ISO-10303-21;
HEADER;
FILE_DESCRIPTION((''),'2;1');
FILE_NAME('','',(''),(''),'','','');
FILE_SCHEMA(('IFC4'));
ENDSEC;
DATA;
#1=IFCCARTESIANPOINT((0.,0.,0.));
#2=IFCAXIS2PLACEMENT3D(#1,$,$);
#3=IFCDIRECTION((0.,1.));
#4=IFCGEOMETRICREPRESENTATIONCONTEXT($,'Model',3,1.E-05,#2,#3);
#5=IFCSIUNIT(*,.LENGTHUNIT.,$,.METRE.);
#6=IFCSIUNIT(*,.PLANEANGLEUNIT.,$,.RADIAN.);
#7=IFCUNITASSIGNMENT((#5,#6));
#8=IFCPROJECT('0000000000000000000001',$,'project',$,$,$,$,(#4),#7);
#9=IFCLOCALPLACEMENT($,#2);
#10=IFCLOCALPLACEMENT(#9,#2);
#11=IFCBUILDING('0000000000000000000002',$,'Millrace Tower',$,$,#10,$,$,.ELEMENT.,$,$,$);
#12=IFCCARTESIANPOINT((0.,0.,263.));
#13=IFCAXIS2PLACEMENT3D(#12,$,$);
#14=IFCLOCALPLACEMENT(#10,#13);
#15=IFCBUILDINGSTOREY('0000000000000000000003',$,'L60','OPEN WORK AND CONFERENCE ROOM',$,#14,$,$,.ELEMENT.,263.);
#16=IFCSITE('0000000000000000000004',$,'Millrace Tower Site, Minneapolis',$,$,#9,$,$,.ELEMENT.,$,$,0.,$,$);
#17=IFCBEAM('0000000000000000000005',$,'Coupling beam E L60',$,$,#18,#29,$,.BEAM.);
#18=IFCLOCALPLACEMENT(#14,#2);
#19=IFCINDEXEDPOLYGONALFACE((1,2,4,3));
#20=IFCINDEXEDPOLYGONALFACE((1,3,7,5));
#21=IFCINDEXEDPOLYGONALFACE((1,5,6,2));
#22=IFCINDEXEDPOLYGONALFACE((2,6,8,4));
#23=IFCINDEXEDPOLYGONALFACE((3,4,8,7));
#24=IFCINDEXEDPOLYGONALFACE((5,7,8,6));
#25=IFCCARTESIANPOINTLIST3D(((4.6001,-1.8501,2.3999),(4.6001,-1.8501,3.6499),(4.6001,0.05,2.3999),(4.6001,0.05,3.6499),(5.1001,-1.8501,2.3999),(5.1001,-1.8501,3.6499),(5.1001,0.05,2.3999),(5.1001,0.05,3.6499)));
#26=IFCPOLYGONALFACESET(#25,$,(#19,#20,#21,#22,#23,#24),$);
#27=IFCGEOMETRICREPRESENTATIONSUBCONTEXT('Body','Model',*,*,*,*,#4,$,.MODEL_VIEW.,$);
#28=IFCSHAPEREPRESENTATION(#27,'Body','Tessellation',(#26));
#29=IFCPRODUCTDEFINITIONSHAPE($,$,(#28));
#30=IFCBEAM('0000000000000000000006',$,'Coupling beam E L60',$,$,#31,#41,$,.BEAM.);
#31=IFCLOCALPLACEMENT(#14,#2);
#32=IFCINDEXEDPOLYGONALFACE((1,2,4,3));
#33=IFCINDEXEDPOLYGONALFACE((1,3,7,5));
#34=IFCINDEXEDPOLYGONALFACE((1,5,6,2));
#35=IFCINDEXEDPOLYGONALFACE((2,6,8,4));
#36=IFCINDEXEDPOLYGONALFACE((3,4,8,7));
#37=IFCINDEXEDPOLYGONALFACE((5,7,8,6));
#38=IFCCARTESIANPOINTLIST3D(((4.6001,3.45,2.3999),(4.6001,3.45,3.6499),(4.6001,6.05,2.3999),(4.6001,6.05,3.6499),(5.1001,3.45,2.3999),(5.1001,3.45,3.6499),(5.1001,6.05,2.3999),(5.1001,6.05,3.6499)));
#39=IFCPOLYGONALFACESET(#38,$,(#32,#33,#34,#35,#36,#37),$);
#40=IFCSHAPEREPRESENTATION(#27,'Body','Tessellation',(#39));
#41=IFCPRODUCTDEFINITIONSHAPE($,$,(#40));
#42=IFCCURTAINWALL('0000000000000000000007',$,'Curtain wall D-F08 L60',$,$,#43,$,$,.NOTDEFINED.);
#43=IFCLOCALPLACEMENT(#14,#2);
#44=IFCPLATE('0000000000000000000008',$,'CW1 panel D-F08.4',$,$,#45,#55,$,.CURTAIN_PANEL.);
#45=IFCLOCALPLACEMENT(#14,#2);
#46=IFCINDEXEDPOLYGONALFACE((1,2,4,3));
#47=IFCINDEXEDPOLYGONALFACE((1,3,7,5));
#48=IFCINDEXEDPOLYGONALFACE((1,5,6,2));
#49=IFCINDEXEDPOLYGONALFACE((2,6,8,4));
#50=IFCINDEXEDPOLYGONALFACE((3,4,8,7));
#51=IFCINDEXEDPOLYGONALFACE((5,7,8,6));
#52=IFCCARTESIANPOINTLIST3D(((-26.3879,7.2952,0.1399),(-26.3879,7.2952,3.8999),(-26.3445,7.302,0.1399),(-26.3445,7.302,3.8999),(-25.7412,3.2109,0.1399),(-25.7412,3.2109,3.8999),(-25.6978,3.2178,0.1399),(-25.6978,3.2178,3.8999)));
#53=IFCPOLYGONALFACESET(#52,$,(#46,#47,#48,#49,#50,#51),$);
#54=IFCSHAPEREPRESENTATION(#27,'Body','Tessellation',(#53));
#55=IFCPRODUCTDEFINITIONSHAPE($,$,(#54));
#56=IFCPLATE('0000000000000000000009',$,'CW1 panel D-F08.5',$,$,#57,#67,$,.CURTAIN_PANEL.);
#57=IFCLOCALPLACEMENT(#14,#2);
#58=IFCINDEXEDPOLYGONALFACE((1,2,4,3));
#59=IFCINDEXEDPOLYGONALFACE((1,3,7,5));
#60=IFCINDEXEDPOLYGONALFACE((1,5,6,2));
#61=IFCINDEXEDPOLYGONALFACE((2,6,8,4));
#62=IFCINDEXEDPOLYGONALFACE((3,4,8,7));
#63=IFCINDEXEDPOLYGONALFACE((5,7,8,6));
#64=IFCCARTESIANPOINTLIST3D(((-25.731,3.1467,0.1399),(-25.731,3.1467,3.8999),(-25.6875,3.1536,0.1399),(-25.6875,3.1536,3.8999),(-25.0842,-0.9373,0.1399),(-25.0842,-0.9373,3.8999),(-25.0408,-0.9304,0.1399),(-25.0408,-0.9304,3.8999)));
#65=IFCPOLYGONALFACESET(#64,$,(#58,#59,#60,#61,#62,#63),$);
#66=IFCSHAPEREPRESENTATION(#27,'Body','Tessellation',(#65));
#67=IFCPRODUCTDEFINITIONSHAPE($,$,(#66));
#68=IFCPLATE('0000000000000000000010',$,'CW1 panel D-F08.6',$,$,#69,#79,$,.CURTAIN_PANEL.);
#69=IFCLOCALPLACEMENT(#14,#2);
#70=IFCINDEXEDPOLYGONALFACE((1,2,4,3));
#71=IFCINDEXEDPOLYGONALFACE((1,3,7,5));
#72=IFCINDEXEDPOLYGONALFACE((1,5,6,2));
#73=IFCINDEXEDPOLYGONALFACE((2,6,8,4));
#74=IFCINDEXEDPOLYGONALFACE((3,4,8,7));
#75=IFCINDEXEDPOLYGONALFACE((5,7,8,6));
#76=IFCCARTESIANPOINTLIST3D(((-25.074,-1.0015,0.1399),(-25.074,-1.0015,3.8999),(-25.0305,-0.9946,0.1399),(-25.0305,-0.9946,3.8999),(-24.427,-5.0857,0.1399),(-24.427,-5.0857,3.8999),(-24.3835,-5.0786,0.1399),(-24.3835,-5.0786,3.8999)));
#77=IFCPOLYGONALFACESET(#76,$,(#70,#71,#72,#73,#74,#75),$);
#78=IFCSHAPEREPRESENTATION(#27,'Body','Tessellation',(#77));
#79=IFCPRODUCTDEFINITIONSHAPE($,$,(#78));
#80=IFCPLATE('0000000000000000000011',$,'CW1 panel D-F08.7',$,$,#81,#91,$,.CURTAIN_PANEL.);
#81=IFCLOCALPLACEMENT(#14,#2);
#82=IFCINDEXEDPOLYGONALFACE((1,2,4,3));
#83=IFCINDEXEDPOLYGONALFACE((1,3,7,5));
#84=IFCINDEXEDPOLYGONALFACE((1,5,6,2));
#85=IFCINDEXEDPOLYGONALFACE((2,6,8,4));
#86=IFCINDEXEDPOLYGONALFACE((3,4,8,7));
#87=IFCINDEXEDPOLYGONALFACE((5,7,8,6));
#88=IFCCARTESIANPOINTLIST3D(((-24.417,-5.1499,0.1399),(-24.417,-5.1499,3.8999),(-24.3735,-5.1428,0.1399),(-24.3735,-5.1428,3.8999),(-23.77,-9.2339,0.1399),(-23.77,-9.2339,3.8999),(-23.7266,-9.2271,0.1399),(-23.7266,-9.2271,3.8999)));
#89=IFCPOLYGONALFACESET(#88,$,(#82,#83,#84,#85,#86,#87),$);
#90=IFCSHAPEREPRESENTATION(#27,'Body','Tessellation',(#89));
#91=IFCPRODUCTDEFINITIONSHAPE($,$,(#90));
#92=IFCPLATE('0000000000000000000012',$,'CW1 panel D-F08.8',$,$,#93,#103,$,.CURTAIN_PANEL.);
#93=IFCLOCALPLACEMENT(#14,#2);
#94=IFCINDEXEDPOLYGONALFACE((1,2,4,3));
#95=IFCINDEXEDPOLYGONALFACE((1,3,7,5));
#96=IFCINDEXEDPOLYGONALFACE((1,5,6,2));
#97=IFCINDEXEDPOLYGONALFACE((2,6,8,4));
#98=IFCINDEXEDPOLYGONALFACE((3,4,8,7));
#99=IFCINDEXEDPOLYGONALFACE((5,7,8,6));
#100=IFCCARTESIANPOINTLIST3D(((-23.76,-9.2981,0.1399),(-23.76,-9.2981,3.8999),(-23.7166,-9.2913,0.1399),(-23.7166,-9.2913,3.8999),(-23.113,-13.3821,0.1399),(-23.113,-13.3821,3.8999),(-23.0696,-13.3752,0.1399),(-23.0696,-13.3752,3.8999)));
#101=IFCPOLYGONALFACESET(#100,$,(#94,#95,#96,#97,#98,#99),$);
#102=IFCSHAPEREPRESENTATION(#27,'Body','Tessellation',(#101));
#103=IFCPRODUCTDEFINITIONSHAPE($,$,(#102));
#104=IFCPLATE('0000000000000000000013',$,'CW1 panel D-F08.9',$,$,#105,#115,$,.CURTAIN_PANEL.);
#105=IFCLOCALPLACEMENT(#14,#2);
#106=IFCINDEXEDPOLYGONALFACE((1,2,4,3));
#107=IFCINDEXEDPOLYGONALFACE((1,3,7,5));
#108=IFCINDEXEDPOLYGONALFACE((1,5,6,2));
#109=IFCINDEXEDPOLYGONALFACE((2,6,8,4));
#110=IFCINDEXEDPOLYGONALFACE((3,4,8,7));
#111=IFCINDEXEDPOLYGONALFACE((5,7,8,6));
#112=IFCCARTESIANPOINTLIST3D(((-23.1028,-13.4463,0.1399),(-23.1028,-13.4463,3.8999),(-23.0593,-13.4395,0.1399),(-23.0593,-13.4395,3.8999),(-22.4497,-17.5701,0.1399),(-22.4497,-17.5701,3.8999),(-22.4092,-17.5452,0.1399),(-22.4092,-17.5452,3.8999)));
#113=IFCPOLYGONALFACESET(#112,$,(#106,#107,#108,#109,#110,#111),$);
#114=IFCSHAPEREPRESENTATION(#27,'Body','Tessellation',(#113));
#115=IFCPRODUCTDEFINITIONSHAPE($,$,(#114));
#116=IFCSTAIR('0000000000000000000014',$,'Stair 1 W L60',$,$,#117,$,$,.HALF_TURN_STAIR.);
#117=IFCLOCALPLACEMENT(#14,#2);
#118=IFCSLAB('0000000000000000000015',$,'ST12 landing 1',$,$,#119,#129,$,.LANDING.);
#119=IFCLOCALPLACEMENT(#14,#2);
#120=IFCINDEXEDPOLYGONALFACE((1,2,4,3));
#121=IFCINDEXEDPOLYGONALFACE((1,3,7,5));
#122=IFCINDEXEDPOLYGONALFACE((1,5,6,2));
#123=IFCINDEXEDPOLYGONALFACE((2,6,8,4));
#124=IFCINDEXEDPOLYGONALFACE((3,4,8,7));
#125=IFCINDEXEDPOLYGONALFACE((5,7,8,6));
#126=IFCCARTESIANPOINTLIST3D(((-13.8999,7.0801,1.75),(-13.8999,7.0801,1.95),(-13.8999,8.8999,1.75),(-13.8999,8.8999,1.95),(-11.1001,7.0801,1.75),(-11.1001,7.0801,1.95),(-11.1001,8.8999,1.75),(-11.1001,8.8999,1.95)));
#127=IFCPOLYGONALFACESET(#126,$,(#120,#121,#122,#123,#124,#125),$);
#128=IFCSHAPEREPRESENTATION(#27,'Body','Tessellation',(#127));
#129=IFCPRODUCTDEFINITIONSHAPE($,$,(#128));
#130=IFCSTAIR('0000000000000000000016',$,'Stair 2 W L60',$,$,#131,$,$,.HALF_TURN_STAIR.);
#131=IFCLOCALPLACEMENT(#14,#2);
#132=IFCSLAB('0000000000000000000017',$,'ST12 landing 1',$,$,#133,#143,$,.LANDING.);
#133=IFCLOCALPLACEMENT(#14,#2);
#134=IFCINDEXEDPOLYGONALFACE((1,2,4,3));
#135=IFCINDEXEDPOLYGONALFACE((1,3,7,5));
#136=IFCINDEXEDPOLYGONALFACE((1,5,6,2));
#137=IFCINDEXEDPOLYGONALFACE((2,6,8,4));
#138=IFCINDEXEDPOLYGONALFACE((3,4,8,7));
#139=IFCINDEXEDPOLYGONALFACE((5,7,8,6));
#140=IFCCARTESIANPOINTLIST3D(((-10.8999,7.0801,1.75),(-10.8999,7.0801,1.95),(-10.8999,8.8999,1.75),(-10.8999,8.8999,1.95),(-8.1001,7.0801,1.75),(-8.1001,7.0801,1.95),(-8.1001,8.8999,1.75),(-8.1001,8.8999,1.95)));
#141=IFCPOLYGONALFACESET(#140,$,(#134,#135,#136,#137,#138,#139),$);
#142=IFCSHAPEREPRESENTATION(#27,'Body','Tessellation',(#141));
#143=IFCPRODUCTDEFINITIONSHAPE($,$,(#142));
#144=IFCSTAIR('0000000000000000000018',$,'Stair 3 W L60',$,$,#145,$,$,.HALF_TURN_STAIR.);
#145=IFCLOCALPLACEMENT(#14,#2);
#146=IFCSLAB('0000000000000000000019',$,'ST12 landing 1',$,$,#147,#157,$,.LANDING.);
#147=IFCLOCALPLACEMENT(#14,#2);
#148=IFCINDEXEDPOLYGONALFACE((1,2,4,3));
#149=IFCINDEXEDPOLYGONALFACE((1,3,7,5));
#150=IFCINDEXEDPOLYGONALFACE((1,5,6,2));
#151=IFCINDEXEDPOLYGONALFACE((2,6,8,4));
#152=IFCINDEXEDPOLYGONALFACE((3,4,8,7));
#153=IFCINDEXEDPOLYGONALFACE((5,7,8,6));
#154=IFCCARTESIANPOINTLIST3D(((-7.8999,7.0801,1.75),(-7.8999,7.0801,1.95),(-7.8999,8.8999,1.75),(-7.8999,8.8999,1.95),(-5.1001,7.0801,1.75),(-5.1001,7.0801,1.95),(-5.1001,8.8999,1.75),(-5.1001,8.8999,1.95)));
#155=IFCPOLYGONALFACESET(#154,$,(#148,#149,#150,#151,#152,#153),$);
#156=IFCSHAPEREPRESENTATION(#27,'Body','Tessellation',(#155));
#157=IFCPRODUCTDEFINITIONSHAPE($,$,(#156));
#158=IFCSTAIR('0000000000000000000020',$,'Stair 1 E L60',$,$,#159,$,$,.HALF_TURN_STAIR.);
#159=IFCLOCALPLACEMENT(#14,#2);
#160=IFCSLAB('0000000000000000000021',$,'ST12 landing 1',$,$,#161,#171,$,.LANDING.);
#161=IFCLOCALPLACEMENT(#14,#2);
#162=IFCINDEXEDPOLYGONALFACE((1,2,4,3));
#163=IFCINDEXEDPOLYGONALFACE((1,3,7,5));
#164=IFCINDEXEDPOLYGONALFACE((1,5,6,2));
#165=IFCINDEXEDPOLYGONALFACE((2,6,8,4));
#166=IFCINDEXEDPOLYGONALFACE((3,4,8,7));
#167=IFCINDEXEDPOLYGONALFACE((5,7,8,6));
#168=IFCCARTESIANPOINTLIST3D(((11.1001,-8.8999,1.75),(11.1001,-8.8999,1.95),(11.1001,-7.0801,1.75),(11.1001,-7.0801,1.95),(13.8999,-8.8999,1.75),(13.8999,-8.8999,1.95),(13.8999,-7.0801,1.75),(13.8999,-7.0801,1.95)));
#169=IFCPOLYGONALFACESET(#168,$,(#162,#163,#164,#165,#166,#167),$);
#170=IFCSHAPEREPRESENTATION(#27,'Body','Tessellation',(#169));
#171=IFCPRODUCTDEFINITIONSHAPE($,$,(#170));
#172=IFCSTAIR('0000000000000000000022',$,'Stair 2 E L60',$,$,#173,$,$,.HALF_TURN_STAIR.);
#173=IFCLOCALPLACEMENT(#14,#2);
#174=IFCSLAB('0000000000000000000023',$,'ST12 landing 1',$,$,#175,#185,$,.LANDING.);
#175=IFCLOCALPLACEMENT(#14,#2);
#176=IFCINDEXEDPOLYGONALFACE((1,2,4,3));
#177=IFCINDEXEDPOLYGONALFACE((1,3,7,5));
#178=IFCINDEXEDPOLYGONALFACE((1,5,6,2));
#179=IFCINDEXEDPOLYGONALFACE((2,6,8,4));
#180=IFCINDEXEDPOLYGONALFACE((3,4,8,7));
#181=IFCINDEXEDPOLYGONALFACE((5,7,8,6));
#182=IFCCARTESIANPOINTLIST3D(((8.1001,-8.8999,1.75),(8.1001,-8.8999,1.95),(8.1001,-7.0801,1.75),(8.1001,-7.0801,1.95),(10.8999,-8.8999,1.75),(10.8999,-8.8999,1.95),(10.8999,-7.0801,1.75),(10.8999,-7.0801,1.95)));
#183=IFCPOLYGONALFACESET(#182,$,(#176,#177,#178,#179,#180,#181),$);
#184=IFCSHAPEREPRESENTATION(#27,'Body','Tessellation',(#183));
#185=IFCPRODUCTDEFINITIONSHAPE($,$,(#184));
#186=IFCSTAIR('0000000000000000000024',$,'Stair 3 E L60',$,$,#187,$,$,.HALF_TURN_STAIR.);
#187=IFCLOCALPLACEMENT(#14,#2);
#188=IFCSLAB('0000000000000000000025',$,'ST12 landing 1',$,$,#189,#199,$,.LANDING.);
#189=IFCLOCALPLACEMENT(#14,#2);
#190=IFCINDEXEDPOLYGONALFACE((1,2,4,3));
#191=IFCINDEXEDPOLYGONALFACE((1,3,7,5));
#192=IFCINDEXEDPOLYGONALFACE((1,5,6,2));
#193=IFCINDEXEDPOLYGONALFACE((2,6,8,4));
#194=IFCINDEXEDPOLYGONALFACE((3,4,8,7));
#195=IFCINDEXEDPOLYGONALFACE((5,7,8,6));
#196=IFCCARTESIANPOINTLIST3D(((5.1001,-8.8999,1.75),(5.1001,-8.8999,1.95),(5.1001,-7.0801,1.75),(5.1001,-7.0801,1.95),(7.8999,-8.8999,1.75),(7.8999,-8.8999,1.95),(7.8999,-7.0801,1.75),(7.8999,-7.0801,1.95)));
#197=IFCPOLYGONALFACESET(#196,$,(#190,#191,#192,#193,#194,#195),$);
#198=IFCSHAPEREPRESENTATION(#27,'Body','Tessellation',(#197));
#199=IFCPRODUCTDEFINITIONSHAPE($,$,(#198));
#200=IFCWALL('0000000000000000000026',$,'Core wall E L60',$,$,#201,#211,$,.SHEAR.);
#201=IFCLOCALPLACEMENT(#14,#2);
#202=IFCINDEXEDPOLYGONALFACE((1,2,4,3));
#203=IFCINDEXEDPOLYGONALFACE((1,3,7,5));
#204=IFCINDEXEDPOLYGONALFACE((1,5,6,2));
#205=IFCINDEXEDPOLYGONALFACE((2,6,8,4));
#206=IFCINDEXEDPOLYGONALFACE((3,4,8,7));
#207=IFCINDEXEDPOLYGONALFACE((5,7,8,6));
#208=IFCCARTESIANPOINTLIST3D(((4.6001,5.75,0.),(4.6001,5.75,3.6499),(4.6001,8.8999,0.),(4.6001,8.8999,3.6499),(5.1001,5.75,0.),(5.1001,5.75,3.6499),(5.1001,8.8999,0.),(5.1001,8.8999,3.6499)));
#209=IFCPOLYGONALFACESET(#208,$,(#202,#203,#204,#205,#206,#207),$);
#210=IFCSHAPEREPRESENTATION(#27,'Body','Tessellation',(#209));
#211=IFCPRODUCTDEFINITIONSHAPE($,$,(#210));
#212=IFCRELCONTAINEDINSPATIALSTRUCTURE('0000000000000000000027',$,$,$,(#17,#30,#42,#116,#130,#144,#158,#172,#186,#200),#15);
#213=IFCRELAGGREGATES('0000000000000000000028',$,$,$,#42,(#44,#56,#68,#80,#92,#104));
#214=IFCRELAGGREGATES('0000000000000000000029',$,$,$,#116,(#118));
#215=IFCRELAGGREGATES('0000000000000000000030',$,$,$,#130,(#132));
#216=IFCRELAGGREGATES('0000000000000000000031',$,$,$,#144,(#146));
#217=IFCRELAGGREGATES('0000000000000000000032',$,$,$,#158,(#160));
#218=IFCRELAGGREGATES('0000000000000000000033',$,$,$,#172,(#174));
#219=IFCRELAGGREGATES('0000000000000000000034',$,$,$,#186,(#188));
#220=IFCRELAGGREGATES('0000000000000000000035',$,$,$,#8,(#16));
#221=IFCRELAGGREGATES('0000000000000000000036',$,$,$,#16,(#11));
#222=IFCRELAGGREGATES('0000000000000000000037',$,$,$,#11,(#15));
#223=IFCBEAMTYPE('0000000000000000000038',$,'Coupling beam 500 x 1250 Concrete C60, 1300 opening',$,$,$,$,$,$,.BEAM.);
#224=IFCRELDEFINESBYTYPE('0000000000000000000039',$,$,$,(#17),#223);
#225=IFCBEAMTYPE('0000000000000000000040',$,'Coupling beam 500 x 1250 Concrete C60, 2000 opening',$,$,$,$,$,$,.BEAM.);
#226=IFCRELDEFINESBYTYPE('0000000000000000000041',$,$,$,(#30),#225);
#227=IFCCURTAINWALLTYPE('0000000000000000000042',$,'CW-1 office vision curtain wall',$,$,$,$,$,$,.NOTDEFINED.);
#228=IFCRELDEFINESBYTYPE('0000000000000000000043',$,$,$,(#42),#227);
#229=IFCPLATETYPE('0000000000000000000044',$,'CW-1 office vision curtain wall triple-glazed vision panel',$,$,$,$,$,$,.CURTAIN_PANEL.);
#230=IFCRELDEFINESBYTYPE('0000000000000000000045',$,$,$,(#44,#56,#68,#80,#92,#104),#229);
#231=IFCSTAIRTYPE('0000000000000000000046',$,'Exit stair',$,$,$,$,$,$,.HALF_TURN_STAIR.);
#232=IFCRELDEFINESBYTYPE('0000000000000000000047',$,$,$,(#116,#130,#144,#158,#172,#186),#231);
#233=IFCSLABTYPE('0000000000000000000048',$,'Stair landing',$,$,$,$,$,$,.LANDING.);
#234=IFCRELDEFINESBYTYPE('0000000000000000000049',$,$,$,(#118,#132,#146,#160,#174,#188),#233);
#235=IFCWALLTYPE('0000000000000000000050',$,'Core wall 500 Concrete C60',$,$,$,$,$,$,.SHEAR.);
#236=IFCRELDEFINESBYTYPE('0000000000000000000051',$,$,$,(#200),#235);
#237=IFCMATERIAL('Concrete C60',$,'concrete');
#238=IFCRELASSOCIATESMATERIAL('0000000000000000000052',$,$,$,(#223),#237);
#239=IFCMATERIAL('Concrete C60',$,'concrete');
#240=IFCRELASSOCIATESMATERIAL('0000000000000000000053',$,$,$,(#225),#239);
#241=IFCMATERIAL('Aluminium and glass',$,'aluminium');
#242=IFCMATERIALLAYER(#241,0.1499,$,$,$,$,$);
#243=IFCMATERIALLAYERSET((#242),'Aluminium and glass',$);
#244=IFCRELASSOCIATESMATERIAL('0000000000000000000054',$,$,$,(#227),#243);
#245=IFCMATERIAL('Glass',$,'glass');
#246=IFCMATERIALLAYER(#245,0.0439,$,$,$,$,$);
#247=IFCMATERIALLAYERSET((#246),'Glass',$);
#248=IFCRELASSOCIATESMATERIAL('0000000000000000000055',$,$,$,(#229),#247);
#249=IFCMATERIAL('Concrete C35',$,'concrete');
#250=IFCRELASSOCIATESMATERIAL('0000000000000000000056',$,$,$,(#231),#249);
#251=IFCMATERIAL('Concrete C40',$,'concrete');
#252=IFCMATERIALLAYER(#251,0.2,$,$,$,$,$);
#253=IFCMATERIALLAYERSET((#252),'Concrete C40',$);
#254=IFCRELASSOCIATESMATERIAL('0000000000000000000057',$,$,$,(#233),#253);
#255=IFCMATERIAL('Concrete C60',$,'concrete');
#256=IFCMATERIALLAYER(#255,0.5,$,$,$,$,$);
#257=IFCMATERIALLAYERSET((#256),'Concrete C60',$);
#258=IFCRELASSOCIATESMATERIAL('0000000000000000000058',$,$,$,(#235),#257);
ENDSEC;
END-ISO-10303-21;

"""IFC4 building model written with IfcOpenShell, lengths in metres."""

from ifc_helpers import new_model, si_unit, direction, frame, frame_2d, origin, origin_2d, place, context, subcontext, project, spatial, polyline, rectangle, outline, extrude, material, layer, layer_set, material_profile, profile_set, type_object, element, aggregate, save


model = new_model("IFC4")

# Units and contexts
model_context = context("Model", 3, precision=1e-05, world=origin(), true_north=direction((0.0, 1.0)))
body_context = subcontext(model_context, "Body", "Model", "MODEL_VIEW")
ifc_project = project(units=[si_unit("LENGTHUNIT", "METRE"), si_unit("PLANEANGLEUNIT", "RADIAN")], contexts=[model_context])

# Site, building, storey
site_placement = place(None, origin())
site = spatial("IfcSite", under=ifc_project, at=site_placement, Name="Millrace Tower Site, Minneapolis", CompositionType="ELEMENT", RefElevation=0.0)
building_placement = place(site_placement, origin())
building = spatial("IfcBuilding", under=site, at=building_placement, Name="Millrace Tower", CompositionType="ELEMENT")
storey_placement = place(building_placement, frame((0.0, 0.0, 263.0)))
storey = spatial("IfcBuildingStorey", under=building, at=storey_placement, Name="L60", Description="OPEN WORK AND CONFERENCE ROOM", CompositionType="ELEMENT", Elevation=263.0)

# Beams
ifc_material_1 = material(Name="Concrete C60", Category="concrete")
ifc_material_profile_1 = material_profile(ifc_material_1, rectangle(XDim=0.5, YDim=1.25, at=origin_2d()))
ifc_profile_set_1 = profile_set([ifc_material_profile_1], Name="Concrete C60")
beam_type_1 = type_object("IfcBeamType", Name="Coupling beam 500 x 1250 Concrete C60, 1300 opening", PredefinedType="BEAM", material=ifc_profile_set_1)
beam_1_placement = place(storey_placement, frame((4.8501, 0.05, 3.0249), z_axis=(0.0, -1.0, 0.0), x_axis=(1.0, 0.0, 0.0)))
element("IfcBeam", 1, at=beam_1_placement, inside=storey, type_object=beam_type_1, Name="Coupling beam E L60", PredefinedType="BEAM", context=body_context, shape_type="SweptSolid", body=[
    extrude(rectangle(XDim=0.5, YDim=1.25, at=origin_2d()), origin(), (0.0, 0.0, 1.0), 1.9001),
])
ifc_material_2 = material(Name="Concrete C60", Category="concrete")
ifc_material_profile_2 = material_profile(ifc_material_2, rectangle(XDim=0.5, YDim=1.25, at=origin_2d()))
ifc_profile_set_2 = profile_set([ifc_material_profile_2], Name="Concrete C60")
beam_type_2 = type_object("IfcBeamType", Name="Coupling beam 500 x 1250 Concrete C60, 2000 opening", PredefinedType="BEAM", material=ifc_profile_set_2)
beam_2_placement = place(storey_placement, frame((4.8501, 6.05, 3.0249), z_axis=(0.0, -1.0, 0.0), x_axis=(1.0, 0.0, 0.0)))
element("IfcBeam", 2, at=beam_2_placement, inside=storey, type_object=beam_type_2, Name="Coupling beam E L60", PredefinedType="BEAM", context=body_context, shape_type="SweptSolid", body=[
    extrude(rectangle(XDim=0.5, YDim=1.25, at=origin_2d()), origin(), (0.0, 0.0, 1.0), 2.6001),
])

# Curtain wall, plates
ifc_material_3 = material(Name="Aluminium and glass", Category="aluminium")
ifc_layer_1 = layer(ifc_material_3, 0.1499)
ifc_layer_set_1 = layer_set([ifc_layer_1], Name="Aluminium and glass")
curtain_wall_type = type_object("IfcCurtainWallType", Name="CW-1 office vision curtain wall", PredefinedType="NOTDEFINED", material=ifc_layer_set_1)
placement_1 = place(storey_placement, origin())
curtain_wall = element("IfcCurtainWall", 3, at=placement_1, inside=storey, type_object=curtain_wall_type, Name="Curtain wall D-F08 L60", PredefinedType="NOTDEFINED")
ifc_material_4 = material(Name="Glass", Category="glass")
ifc_layer_2 = layer(ifc_material_4, 0.0439)
ifc_layer_set_2 = layer_set([ifc_layer_2], Name="Glass")
plate_type = type_object("IfcPlateType", Name="CW-1 office vision curtain wall triple-glazed vision panel", PredefinedType="CURTAIN_PANEL", material=ifc_layer_set_2)
placement_2 = place(storey_placement, frame((0.0, 0.0, 0.1399)))
plate_1 = element("IfcPlate", 4, at=placement_2, type_object=plate_type, Name="CW1 panel D-F08.4", PredefinedType="CURTAIN_PANEL", context=body_context, shape_type="SweptSolid", body=[
    extrude(outline(polyline([(-26.3879, 7.2952), (-25.7412, 3.2109), (-25.6978, 3.2178), (-26.3445, 7.302), (-26.3879, 7.2952)])), origin(), (0.0, 0.0, 1.0), 3.76),
])
plate_2 = element("IfcPlate", 5, at=placement_2, type_object=plate_type, Name="CW1 panel D-F08.5", PredefinedType="CURTAIN_PANEL", context=body_context, shape_type="SweptSolid", body=[
    extrude(outline(polyline([(-25.731, 3.1467), (-25.0842, -0.9373), (-25.0408, -0.9304), (-25.6875, 3.1536), (-25.731, 3.1467)])), origin(), (0.0, 0.0, 1.0), 3.76),
])
plate_3 = element("IfcPlate", 6, at=placement_2, type_object=plate_type, Name="CW1 panel D-F08.6", PredefinedType="CURTAIN_PANEL", context=body_context, shape_type="SweptSolid", body=[
    extrude(outline(polyline([(-25.074, -1.0015), (-24.427, -5.0857), (-24.3835, -5.0786), (-25.0305, -0.9946), (-25.074, -1.0015)])), origin(), (0.0, 0.0, 1.0), 3.76),
])
plate_4 = element("IfcPlate", 7, at=placement_2, type_object=plate_type, Name="CW1 panel D-F08.7", PredefinedType="CURTAIN_PANEL", context=body_context, shape_type="SweptSolid", body=[
    extrude(outline(polyline([(-24.417, -5.1499), (-23.77, -9.2339), (-23.7266, -9.2271), (-24.3735, -5.1428), (-24.417, -5.1499)])), origin(), (0.0, 0.0, 1.0), 3.76),
])
plate_5 = element("IfcPlate", 8, at=placement_2, type_object=plate_type, Name="CW1 panel D-F08.8", PredefinedType="CURTAIN_PANEL", context=body_context, shape_type="SweptSolid", body=[
    extrude(outline(polyline([(-23.76, -9.2981), (-23.113, -13.3821), (-23.0696, -13.3752), (-23.7166, -9.2913), (-23.76, -9.2981)])), origin(), (0.0, 0.0, 1.0), 3.76),
])
plate_6 = element("IfcPlate", 9, at=placement_2, type_object=plate_type, Name="CW1 panel D-F08.9", PredefinedType="CURTAIN_PANEL", context=body_context, shape_type="SweptSolid", body=[
    extrude(outline(polyline([(-23.1028, -13.4463), (-22.4497, -17.5701), (-22.4092, -17.5452), (-23.0593, -13.4395), (-23.1028, -13.4463)])), origin(), (0.0, 0.0, 1.0), 3.76),
])
aggregate(curtain_wall, [plate_1, plate_2, plate_3, plate_4, plate_5, plate_6])

# Stairs, slabs
ifc_material_5 = material(Name="Concrete C35", Category="concrete")
stair_type = type_object("IfcStairType", Name="Exit stair", PredefinedType="HALF_TURN_STAIR", material=ifc_material_5)
stair_1 = element("IfcStair", 10, at=placement_1, inside=storey, type_object=stair_type, Name="Stair 1 W L60", PredefinedType="HALF_TURN_STAIR")
ifc_material_6 = material(Name="Concrete C40", Category="concrete")
ifc_layer_3 = layer(ifc_material_6, 0.2)
ifc_layer_set_3 = layer_set([ifc_layer_3], Name="Concrete C40")
slab_type = type_object("IfcSlabType", Name="Stair landing", PredefinedType="LANDING", material=ifc_layer_set_3)
placement_3 = place(storey_placement, frame((0.0, 0.0, 1.75)))
slab_1 = element("IfcSlab", 11, at=placement_3, type_object=slab_type, Name="ST12 landing 1", PredefinedType="LANDING", context=body_context, shape_type="SweptSolid", body=[
    extrude(outline(polyline([(-13.8999, 7.0801), (-11.1001, 7.0801), (-11.1001, 8.8999), (-13.8999, 8.8999), (-13.8999, 7.0801)])), origin(), (0.0, 0.0, 1.0), 0.2),
])
aggregate(stair_1, [slab_1])
stair_2 = element("IfcStair", 12, at=placement_1, inside=storey, type_object=stair_type, Name="Stair 2 W L60", PredefinedType="HALF_TURN_STAIR")
slab_2 = element("IfcSlab", 13, at=placement_3, type_object=slab_type, Name="ST12 landing 1", PredefinedType="LANDING", context=body_context, shape_type="SweptSolid", body=[
    extrude(outline(polyline([(-10.8999, 7.0801), (-8.1001, 7.0801), (-8.1001, 8.8999), (-10.8999, 8.8999), (-10.8999, 7.0801)])), origin(), (0.0, 0.0, 1.0), 0.2),
])
aggregate(stair_2, [slab_2])
stair_3 = element("IfcStair", 14, at=placement_1, inside=storey, type_object=stair_type, Name="Stair 3 W L60", PredefinedType="HALF_TURN_STAIR")
slab_3 = element("IfcSlab", 15, at=placement_3, type_object=slab_type, Name="ST12 landing 1", PredefinedType="LANDING", context=body_context, shape_type="SweptSolid", body=[
    extrude(outline(polyline([(-7.8999, 7.0801), (-5.1001, 7.0801), (-5.1001, 8.8999), (-7.8999, 8.8999), (-7.8999, 7.0801)])), origin(), (0.0, 0.0, 1.0), 0.2),
])
aggregate(stair_3, [slab_3])
stair_4 = element("IfcStair", 16, at=placement_1, inside=storey, type_object=stair_type, Name="Stair 1 E L60", PredefinedType="HALF_TURN_STAIR")
slab_4 = element("IfcSlab", 17, at=placement_3, type_object=slab_type, Name="ST12 landing 1", PredefinedType="LANDING", context=body_context, shape_type="SweptSolid", body=[
    extrude(outline(polyline([(11.1001, -8.8999), (13.8999, -8.8999), (13.8999, -7.0801), (11.1001, -7.0801), (11.1001, -8.8999)])), origin(), (0.0, 0.0, 1.0), 0.2),
])
aggregate(stair_4, [slab_4])
stair_5 = element("IfcStair", 18, at=placement_1, inside=storey, type_object=stair_type, Name="Stair 2 E L60", PredefinedType="HALF_TURN_STAIR")
slab_5 = element("IfcSlab", 19, at=placement_3, type_object=slab_type, Name="ST12 landing 1", PredefinedType="LANDING", context=body_context, shape_type="SweptSolid", body=[
    extrude(outline(polyline([(8.1001, -8.8999), (10.8999, -8.8999), (10.8999, -7.0801), (8.1001, -7.0801), (8.1001, -8.8999)])), origin(), (0.0, 0.0, 1.0), 0.2),
])
aggregate(stair_5, [slab_5])
stair_6 = element("IfcStair", 20, at=placement_1, inside=storey, type_object=stair_type, Name="Stair 3 E L60", PredefinedType="HALF_TURN_STAIR")
slab_6 = element("IfcSlab", 21, at=placement_3, type_object=slab_type, Name="ST12 landing 1", PredefinedType="LANDING", context=body_context, shape_type="SweptSolid", body=[
    extrude(outline(polyline([(5.1001, -8.8999), (7.8999, -8.8999), (7.8999, -7.0801), (5.1001, -7.0801), (5.1001, -8.8999)])), origin(), (0.0, 0.0, 1.0), 0.2),
])
aggregate(stair_6, [slab_6])

# Wall
ifc_material_7 = material(Name="Concrete C60", Category="concrete")
ifc_layer_4 = layer(ifc_material_7, 0.5)
ifc_layer_set_4 = layer_set([ifc_layer_4], Name="Concrete C60")
wall_type_1 = type_object("IfcWallType", Name="Core wall 500 Concrete C60", PredefinedType="SHEAR", material=ifc_layer_set_4)
wall_1_placement = place(storey_placement, frame((4.8501, 8.8999, 0.0), z_axis=(0.0, 0.0, 1.0), x_axis=(0.0, -1.0, 0.0)))
element("IfcWall", 22, at=wall_1_placement, inside=storey, type_object=wall_type_1, Name="Core wall E L60", PredefinedType="SHEAR", context=body_context, shape_type="SweptSolid", body=[
    extrude(rectangle(XDim=3.1499, YDim=0.5, at=frame_2d((1.575, 0.0))), origin(), (0.0, 0.0, 1.0), 3.6499),
])

save(model, "model.ifc")
